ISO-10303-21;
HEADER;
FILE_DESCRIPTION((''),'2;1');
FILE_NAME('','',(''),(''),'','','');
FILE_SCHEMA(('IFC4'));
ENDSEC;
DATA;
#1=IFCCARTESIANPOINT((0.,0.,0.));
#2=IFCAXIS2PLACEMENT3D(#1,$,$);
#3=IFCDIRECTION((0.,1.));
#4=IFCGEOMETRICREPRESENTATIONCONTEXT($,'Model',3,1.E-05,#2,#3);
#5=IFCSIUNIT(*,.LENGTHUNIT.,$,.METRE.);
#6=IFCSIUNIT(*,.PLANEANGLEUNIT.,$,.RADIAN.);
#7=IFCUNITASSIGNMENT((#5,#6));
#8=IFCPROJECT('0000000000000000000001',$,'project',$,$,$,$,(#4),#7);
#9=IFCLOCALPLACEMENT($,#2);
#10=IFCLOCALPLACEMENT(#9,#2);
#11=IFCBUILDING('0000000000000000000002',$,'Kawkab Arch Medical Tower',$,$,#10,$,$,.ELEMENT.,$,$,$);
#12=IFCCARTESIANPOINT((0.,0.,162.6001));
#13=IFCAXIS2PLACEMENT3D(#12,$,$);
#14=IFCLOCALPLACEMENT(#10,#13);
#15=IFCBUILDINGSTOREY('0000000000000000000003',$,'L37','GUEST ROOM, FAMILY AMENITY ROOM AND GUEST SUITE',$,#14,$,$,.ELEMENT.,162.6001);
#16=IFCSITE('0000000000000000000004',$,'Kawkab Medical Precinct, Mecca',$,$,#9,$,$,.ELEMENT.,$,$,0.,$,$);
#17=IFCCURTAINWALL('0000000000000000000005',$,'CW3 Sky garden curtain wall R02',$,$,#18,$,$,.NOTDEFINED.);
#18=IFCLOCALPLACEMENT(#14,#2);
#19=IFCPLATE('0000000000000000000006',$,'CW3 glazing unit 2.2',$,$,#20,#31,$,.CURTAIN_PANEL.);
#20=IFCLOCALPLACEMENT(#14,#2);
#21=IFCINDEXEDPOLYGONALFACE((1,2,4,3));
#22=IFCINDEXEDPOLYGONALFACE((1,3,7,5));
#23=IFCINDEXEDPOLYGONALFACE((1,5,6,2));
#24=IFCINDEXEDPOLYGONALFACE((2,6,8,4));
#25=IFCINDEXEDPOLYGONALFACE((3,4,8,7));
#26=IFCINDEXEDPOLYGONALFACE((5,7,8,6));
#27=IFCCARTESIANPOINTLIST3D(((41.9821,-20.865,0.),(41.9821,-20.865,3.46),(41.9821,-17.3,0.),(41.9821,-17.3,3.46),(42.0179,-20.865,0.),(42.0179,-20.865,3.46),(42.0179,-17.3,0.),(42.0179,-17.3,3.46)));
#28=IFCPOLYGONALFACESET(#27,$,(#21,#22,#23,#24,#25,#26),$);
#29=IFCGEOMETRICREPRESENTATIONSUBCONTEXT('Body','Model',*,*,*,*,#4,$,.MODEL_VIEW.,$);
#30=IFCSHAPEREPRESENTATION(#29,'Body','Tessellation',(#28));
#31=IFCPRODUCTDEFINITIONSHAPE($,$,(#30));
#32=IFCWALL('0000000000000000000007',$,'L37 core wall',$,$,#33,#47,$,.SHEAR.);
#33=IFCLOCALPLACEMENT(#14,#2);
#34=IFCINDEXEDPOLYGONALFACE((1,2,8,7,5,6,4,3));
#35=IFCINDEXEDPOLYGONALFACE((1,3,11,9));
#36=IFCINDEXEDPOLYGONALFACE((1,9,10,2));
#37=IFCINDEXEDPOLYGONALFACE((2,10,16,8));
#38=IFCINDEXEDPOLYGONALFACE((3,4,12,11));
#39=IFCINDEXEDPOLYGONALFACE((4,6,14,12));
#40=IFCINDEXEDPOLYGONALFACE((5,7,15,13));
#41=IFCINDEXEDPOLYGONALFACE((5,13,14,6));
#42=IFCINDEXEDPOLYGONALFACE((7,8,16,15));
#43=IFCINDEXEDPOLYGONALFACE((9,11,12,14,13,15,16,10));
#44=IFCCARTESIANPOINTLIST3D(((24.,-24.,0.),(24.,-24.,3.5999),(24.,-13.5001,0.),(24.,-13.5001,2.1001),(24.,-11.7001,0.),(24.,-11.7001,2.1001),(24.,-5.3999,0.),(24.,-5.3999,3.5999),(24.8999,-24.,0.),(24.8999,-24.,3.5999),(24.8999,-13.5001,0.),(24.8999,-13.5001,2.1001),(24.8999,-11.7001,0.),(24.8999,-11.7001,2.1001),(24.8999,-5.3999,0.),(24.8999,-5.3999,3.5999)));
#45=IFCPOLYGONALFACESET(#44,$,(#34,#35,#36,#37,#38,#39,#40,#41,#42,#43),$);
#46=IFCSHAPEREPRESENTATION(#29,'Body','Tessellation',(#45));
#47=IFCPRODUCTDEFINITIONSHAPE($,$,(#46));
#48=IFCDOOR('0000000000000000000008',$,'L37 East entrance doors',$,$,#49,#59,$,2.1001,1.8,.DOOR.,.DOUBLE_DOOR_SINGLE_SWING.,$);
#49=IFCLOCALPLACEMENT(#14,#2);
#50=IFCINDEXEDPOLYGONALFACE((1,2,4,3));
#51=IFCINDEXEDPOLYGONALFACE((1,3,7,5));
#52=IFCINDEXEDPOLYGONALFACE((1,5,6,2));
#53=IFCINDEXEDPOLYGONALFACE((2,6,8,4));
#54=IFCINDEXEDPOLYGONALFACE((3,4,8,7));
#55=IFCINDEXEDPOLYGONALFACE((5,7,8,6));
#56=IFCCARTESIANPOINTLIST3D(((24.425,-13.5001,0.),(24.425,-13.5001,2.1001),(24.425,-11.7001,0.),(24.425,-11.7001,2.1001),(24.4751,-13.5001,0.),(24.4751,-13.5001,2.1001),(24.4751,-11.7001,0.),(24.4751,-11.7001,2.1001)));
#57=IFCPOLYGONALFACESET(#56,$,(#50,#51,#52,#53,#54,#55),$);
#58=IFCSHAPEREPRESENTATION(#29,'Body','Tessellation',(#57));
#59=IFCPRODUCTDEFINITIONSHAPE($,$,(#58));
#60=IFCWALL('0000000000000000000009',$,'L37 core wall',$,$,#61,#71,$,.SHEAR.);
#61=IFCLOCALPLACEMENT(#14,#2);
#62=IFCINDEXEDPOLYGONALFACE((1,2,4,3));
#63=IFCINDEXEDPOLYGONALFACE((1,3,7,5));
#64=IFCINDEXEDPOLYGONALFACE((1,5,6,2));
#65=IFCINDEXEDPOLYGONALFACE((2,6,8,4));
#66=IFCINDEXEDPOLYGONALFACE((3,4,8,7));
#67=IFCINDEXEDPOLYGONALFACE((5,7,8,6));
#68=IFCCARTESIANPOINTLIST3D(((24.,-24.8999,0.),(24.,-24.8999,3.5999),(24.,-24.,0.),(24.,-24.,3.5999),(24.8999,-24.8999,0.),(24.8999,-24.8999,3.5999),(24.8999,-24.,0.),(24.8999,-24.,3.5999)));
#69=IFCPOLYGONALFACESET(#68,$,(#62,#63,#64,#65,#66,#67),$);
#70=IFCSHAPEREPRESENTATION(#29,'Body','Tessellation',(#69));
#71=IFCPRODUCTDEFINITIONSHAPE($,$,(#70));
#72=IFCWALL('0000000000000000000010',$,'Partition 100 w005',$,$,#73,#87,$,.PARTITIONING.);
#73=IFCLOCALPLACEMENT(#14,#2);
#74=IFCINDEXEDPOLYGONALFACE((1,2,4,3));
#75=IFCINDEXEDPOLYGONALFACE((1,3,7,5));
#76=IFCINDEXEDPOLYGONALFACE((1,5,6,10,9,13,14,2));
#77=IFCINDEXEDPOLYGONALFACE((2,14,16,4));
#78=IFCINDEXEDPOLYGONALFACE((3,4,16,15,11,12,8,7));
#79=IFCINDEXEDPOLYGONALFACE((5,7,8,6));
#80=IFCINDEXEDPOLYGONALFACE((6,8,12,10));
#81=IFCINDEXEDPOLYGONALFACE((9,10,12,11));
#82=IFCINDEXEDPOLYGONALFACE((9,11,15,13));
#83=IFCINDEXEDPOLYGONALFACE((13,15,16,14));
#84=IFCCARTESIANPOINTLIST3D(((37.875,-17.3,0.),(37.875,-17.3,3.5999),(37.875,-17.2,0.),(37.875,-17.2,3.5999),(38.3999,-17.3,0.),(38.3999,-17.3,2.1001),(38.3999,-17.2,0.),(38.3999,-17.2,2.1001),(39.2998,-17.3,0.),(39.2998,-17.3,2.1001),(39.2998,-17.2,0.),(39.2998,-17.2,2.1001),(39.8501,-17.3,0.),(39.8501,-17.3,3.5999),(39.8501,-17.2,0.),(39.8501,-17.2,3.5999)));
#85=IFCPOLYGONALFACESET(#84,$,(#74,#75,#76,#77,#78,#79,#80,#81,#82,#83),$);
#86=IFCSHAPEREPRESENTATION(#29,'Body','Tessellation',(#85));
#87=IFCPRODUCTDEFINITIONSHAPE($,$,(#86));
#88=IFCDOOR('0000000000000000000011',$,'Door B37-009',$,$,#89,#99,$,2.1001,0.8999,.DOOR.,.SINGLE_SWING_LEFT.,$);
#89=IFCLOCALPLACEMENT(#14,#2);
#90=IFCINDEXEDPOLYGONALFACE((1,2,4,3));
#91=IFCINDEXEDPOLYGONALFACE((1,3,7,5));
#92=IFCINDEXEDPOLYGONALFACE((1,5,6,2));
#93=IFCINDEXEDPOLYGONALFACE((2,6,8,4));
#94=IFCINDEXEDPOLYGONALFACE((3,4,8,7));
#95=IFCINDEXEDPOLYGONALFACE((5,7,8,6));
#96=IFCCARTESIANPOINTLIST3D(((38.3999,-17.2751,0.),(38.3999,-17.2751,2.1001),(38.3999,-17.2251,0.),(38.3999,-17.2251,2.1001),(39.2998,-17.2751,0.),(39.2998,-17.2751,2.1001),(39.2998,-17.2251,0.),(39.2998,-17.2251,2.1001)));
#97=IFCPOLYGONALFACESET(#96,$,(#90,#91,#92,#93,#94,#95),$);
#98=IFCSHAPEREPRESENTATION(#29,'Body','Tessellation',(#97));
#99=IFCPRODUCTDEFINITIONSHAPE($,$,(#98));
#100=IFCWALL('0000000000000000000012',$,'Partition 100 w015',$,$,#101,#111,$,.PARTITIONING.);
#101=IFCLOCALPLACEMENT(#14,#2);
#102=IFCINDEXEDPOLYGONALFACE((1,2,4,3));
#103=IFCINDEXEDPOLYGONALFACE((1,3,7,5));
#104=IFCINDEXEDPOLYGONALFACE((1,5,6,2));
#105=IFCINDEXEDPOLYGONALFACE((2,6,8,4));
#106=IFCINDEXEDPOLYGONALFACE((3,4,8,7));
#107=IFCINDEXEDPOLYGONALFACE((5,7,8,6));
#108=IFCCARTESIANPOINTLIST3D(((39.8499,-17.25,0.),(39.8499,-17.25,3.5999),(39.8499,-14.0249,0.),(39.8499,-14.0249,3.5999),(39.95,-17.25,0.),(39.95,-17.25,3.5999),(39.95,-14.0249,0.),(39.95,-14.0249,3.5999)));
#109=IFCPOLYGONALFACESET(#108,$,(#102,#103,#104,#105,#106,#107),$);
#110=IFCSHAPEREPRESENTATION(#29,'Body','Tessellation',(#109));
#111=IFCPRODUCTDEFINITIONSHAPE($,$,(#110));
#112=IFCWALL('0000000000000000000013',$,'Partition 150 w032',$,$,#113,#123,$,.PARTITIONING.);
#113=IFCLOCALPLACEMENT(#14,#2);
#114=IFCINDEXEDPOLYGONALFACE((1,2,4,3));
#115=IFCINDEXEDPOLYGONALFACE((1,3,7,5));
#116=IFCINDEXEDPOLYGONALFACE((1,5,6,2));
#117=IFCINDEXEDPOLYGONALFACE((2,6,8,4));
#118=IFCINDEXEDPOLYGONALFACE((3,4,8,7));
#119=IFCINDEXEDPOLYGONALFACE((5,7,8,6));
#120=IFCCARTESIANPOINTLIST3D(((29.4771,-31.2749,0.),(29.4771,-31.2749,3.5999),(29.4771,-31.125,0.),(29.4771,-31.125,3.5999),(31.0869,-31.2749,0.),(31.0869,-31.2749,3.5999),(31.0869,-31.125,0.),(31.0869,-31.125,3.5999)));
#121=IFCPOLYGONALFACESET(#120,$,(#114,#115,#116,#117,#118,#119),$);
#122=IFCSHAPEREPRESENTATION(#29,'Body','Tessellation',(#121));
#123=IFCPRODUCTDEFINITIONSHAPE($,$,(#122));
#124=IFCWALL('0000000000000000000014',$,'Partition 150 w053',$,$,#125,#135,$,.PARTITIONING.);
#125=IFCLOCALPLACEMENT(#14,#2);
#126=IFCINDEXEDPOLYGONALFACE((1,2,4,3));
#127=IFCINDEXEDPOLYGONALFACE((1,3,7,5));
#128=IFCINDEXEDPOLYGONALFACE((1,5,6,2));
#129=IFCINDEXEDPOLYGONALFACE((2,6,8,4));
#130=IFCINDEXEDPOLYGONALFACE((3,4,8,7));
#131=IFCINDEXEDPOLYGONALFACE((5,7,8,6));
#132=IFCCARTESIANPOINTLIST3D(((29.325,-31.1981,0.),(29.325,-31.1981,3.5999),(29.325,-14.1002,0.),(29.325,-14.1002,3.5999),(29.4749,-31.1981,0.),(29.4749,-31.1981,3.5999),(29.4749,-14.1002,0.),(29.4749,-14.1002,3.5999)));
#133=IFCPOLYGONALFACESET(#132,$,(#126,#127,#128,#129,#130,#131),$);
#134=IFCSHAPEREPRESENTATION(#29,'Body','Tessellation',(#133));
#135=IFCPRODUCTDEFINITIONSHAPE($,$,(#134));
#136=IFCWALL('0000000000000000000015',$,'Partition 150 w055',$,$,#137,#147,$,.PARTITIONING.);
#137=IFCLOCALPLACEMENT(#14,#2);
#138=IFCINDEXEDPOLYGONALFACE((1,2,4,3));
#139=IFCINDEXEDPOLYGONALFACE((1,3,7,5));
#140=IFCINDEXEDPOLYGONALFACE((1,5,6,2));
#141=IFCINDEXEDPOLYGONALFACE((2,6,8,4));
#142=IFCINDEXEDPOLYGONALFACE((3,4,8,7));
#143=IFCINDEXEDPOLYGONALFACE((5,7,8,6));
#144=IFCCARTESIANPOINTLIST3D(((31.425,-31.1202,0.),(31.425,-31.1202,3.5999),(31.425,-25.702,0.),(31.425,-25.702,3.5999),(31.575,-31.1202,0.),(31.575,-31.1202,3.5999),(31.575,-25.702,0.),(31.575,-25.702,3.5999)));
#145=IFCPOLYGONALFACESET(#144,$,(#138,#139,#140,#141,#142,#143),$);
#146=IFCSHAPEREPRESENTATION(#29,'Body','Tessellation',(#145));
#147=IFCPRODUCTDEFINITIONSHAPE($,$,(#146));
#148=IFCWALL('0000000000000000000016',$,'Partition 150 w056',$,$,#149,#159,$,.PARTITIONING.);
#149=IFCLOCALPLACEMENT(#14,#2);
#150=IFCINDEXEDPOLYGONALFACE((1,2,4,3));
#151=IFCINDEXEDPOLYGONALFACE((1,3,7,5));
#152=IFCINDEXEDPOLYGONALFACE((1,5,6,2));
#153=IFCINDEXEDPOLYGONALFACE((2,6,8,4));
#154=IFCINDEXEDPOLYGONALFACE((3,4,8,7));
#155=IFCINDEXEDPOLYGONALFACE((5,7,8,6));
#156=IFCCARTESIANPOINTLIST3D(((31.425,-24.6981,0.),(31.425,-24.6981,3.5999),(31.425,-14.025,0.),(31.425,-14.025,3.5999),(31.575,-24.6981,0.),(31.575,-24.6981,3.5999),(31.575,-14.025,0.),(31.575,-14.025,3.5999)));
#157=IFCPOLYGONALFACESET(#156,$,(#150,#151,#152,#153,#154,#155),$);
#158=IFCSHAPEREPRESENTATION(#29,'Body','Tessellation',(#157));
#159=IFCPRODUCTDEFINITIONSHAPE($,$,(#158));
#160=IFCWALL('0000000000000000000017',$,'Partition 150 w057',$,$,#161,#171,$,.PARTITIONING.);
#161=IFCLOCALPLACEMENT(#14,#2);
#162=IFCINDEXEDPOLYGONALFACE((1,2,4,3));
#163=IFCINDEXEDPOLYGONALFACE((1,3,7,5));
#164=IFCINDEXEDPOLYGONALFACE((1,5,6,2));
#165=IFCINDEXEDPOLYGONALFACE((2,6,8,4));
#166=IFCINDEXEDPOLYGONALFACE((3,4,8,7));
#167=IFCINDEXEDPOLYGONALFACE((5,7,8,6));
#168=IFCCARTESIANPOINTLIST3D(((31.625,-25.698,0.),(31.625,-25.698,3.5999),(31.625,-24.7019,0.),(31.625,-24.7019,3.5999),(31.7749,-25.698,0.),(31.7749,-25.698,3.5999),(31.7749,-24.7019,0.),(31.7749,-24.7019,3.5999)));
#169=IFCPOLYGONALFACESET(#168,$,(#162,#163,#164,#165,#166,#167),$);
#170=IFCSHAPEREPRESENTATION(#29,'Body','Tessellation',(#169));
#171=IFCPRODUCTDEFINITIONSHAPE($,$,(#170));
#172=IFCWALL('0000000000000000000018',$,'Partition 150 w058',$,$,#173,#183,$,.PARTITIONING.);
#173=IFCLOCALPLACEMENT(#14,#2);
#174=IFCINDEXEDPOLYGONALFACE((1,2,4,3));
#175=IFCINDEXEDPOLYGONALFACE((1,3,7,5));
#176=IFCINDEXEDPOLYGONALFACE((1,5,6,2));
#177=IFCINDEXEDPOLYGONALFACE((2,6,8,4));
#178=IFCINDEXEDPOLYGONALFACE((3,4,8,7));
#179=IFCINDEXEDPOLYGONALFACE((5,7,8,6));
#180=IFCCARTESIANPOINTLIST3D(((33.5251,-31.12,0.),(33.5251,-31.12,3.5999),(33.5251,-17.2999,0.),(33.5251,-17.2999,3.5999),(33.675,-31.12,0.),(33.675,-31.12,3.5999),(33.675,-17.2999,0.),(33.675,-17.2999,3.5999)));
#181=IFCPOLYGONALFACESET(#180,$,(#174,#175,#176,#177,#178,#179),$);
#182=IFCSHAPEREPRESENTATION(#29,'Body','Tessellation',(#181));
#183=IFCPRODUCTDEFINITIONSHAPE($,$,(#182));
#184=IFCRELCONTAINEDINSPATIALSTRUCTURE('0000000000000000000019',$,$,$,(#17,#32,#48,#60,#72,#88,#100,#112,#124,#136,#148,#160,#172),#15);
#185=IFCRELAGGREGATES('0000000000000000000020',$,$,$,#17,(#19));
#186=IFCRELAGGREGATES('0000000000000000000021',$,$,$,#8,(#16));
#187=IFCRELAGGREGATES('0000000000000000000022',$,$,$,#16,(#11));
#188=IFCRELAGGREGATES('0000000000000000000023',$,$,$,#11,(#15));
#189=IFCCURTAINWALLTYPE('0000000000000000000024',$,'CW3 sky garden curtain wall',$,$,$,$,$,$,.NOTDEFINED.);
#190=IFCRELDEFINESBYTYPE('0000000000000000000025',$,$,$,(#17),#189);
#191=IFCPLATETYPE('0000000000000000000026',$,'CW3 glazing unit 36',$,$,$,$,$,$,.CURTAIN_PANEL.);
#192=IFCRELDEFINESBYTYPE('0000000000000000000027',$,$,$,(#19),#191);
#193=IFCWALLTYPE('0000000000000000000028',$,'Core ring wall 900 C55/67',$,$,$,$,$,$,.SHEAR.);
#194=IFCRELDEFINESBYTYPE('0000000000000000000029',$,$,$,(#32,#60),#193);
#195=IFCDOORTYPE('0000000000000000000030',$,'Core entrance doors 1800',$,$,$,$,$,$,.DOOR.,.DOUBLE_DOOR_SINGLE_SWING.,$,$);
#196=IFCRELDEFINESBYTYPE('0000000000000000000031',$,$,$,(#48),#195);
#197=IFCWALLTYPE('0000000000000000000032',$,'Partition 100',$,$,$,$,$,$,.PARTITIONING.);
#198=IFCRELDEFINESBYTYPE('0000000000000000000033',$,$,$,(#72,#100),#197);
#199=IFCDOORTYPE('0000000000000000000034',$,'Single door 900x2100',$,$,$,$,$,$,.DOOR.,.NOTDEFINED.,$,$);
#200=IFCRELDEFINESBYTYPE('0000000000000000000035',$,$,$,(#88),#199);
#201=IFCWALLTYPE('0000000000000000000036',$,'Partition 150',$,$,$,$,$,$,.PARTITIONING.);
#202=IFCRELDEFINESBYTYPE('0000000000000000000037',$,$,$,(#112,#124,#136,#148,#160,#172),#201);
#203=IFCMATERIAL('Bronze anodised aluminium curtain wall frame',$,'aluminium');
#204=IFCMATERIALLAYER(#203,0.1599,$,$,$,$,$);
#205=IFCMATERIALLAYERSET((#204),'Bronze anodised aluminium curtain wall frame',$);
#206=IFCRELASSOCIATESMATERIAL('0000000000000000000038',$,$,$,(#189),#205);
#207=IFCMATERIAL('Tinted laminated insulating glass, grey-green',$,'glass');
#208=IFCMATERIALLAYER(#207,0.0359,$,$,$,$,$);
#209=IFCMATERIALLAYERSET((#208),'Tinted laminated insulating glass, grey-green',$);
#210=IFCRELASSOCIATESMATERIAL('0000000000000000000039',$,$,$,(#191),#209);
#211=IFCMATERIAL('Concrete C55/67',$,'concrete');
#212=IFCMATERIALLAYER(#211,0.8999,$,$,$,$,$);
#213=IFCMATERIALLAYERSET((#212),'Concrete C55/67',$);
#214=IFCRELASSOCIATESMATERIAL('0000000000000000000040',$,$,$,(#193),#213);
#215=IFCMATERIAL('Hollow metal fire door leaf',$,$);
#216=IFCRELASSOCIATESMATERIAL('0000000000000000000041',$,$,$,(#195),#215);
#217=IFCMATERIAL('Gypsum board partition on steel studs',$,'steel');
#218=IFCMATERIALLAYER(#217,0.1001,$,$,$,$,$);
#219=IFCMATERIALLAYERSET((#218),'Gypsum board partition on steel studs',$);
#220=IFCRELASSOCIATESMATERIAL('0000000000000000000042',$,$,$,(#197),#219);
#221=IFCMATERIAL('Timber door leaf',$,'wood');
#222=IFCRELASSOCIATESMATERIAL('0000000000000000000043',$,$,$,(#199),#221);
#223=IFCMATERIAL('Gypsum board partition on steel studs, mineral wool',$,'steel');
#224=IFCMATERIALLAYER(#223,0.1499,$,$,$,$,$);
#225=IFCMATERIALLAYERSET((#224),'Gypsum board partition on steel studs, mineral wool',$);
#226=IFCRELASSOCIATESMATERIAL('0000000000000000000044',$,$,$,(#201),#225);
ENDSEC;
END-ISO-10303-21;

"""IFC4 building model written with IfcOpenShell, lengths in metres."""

from ifc_helpers import new_model, si_unit, direction, frame, frame_2d, origin, origin_2d, place, context, subcontext, project, spatial, rectangle, extrude, material, layer, layer_set, type_object, element, fill, aggregate, save


model = new_model("IFC4")

# Units and contexts
model_context = context("Model", 3, precision=1e-05, world=origin(), true_north=direction((0.0, 1.0)))
body_context = subcontext(model_context, "Body", "Model", "MODEL_VIEW")
ifc_project = project(units=[si_unit("LENGTHUNIT", "METRE"), si_unit("PLANEANGLEUNIT", "RADIAN")], contexts=[model_context])

# Site, building, storey
site_placement = place(None, origin())
site = spatial("IfcSite", under=ifc_project, at=site_placement, Name="Kawkab Medical Precinct, Mecca", CompositionType="ELEMENT", RefElevation=0.0)
building_placement = place(site_placement, origin())
building = spatial("IfcBuilding", under=site, at=building_placement, Name="Kawkab Arch Medical Tower", CompositionType="ELEMENT")
storey_placement = place(building_placement, frame((0.0, 0.0, 162.6001)))
storey = spatial("IfcBuildingStorey", under=building, at=storey_placement, Name="L37", Description="GUEST ROOM, FAMILY AMENITY ROOM AND GUEST SUITE", CompositionType="ELEMENT", Elevation=162.6001)

# Curtain wall
placement = place(storey_placement, origin())
ifc_material_1 = material(Name="Bronze anodised aluminium curtain wall frame", Category="aluminium")
ifc_layer_1 = layer(ifc_material_1, 0.1599)
ifc_layer_set_1 = layer_set([ifc_layer_1], Name="Bronze anodised aluminium curtain wall frame")
curtain_wall_type_1 = type_object("IfcCurtainWallType", Name="CW3 sky garden curtain wall", PredefinedType="NOTDEFINED", material=ifc_layer_set_1)
curtain_wall_1 = element("IfcCurtainWall", 1, at=placement, inside=storey, type_object=curtain_wall_type_1, Name="CW3 Sky garden curtain wall R02", PredefinedType="NOTDEFINED")

# Plate
ifc_material_2 = material(Name="Tinted laminated insulating glass, grey-green", Category="glass")
ifc_layer_2 = layer(ifc_material_2, 0.0359)
ifc_layer_set_2 = layer_set([ifc_layer_2], Name="Tinted laminated insulating glass, grey-green")
plate_type_1 = type_object("IfcPlateType", Name="CW3 glazing unit 36", PredefinedType="CURTAIN_PANEL", material=ifc_layer_set_2)
plate_1_placement = place(storey_placement, frame((42.0, -19.0825, 0.0), z_axis=(0.0, 0.0, 1.0), x_axis=(0.0, 1.0, 0.0)))
plate_1 = element("IfcPlate", 2, at=plate_1_placement, type_object=plate_type_1, Name="CW3 glazing unit 2.2", PredefinedType="CURTAIN_PANEL", context=body_context, shape_type="SweptSolid", body=[
    extrude(rectangle(XDim=3.5649, YDim=0.0359, at=origin_2d()), origin(), (0.0, 0.0, 1.0), 3.46),
])
aggregate(curtain_wall_1, [plate_1])

# Wall, opening, door
ifc_material_3 = material(Name="Concrete C55/67", Category="concrete")
ifc_layer_3 = layer(ifc_material_3, 0.8999)
ifc_layer_set_3 = layer_set([ifc_layer_3], Name="Concrete C55/67")
wall_type_1 = type_object("IfcWallType", Name="Core ring wall 900 C55/67", PredefinedType="SHEAR", material=ifc_layer_set_3)
wall_1_placement = place(storey_placement, frame((24.45, -24.0, 0.0), z_axis=(0.0, 0.0, 1.0), x_axis=(0.0, 1.0, 0.0)))
wall_1 = element("IfcWall", 3, at=wall_1_placement, inside=storey, type_object=wall_type_1, Name="L37 core wall", PredefinedType="SHEAR", context=body_context, shape_type="SweptSolid", body=[
    extrude(rectangle(XDim=18.6001, YDim=0.8999, at=frame_2d((9.3, 0.0))), origin(), (0.0, 0.0, 1.0), 3.5999),
])
opening_1_placement = place(wall_1_placement, frame((10.5, 0.0, 0.0)))
opening_1 = element("IfcOpeningElement", 4, at=opening_1_placement, cuts=wall_1, PredefinedType="OPENING", context=body_context, shape_type="SweptSolid", body=[
    extrude(rectangle(XDim=1.8, YDim=2.1001, at=frame_2d((0.8999, 1.05))), frame((0.0, 0.46, 0.0), z_axis=(0.0, -1.0, 0.0), x_axis=(1.0, 0.0, 0.0)), (0.0, 0.0, 1.0), 0.9199),
])
ifc_material_4 = material(Name="Hollow metal fire door leaf")
door_type_1 = type_object("IfcDoorType", Name="Core entrance doors 1800", OperationType="DOUBLE_DOOR_SINGLE_SWING", PredefinedType="DOOR", material=ifc_material_4)
door_1_placement = place(opening_1_placement, origin())
door_1 = element("IfcDoor", 5, at=door_1_placement, inside=storey, type_object=door_type_1, Name="L37 East entrance doors", OperationType="DOUBLE_DOOR_SINGLE_SWING", OverallHeight=2.1001, OverallWidth=1.8, PredefinedType="DOOR", context=body_context, shape_type="SweptSolid", body=[
    extrude(rectangle(XDim=1.8, YDim=2.1001, at=frame_2d((0.8999, 1.05))), frame((0.0, 0.0249, 0.0), z_axis=(0.0, -1.0, 0.0), x_axis=(1.0, 0.0, 0.0)), (0.0, 0.0, 1.0), 0.05),
])
fill(opening_1, door_1)

# Wall
wall_2_placement = place(storey_placement, frame((24.45, -24.8999, 0.0), z_axis=(0.0, 0.0, 1.0), x_axis=(0.0, 1.0, 0.0)))
element("IfcWall", 6, at=wall_2_placement, inside=storey, type_object=wall_type_1, Name="L37 core wall", PredefinedType="SHEAR", context=body_context, shape_type="SweptSolid", body=[
    extrude(rectangle(XDim=0.8999, YDim=0.8999, at=frame_2d((0.45, 0.0))), origin(), (0.0, 0.0, 1.0), 3.5999),
])

# Wall, opening, door
ifc_material_5 = material(Name="Gypsum board partition on steel studs", Category="steel")
ifc_layer_4 = layer(ifc_material_5, 0.1001)
ifc_layer_set_4 = layer_set([ifc_layer_4], Name="Gypsum board partition on steel studs")
wall_type_2 = type_object("IfcWallType", Name="Partition 100", PredefinedType="PARTITIONING", material=ifc_layer_set_4)
wall_3_placement = place(storey_placement, frame((37.875, -17.25, 0.0), z_axis=(0.0, 0.0, 1.0), x_axis=(1.0, 0.0, 0.0)))
wall_3 = element("IfcWall", 7, at=wall_3_placement, inside=storey, type_object=wall_type_2, Name="Partition 100 w005", PredefinedType="PARTITIONING", context=body_context, shape_type="SweptSolid", body=[
    extrude(rectangle(XDim=1.9751, YDim=0.1001, at=frame_2d((0.9875, 0.0))), origin(), (0.0, 0.0, 1.0), 3.5999),
])
opening_2_placement = place(wall_3_placement, frame((0.5249, 0.0, 0.0)))
opening_2 = element("IfcOpeningElement", 8, at=opening_2_placement, cuts=wall_3, PredefinedType="OPENING", context=body_context, shape_type="SweptSolid", body=[
    extrude(rectangle(XDim=0.8999, YDim=2.1001, at=frame_2d((0.45, 1.05))), frame((0.0, 0.0601, 0.0), z_axis=(0.0, -1.0, 0.0), x_axis=(1.0, 0.0, 0.0)), (0.0, 0.0, 1.0), 0.1201),
])
ifc_material_6 = material(Name="Timber door leaf", Category="wood")
door_type_2 = type_object("IfcDoorType", Name="Single door 900x2100", OperationType="NOTDEFINED", PredefinedType="DOOR", material=ifc_material_6)
door_2_placement = place(opening_2_placement, origin())
door_2 = element("IfcDoor", 9, at=door_2_placement, inside=storey, type_object=door_type_2, Name="Door B37-009", OperationType="SINGLE_SWING_LEFT", OverallHeight=2.1001, OverallWidth=0.8999, PredefinedType="DOOR", context=body_context, shape_type="SweptSolid", body=[
    extrude(rectangle(XDim=0.8999, YDim=2.1001, at=frame_2d((0.45, 1.05))), frame((0.0, 0.0249, 0.0), z_axis=(0.0, -1.0, 0.0), x_axis=(1.0, 0.0, 0.0)), (0.0, 0.0, 1.0), 0.05),
])
fill(opening_2, door_2)

# Walls
wall_4_placement = place(storey_placement, frame((39.8999, -17.25, 0.0), z_axis=(0.0, 0.0, 1.0), x_axis=(0.0, 1.0, 0.0)))
element("IfcWall", 10, at=wall_4_placement, inside=storey, type_object=wall_type_2, Name="Partition 100 w015", PredefinedType="PARTITIONING", context=body_context, shape_type="SweptSolid", body=[
    extrude(rectangle(XDim=3.2251, YDim=0.1001, at=frame_2d((1.6125, 0.0))), origin(), (0.0, 0.0, 1.0), 3.5999),
])
ifc_material_7 = material(Name="Gypsum board partition on steel studs, mineral wool", Category="steel")
ifc_layer_5 = layer(ifc_material_7, 0.1499)
ifc_layer_set_5 = layer_set([ifc_layer_5], Name="Gypsum board partition on steel studs, mineral wool")
wall_type_3 = type_object("IfcWallType", Name="Partition 150", PredefinedType="PARTITIONING", material=ifc_layer_set_5)
wall_5_placement = place(storey_placement, frame((29.4771, -31.2, 0.0), z_axis=(0.0, 0.0, 1.0), x_axis=(1.0, 0.0, 0.0)))
element("IfcWall", 11, at=wall_5_placement, inside=storey, type_object=wall_type_3, Name="Partition 150 w032", PredefinedType="PARTITIONING", context=body_context, shape_type="SweptSolid", body=[
    extrude(rectangle(XDim=1.6099, YDim=0.1499, at=frame_2d((0.8049, 0.0))), origin(), (0.0, 0.0, 1.0), 3.5999),
])
wall_6_placement = place(storey_placement, frame((29.3999, -31.198, 0.0), z_axis=(0.0, 0.0, 1.0), x_axis=(0.0, 1.0, 0.0)))
element("IfcWall", 12, at=wall_6_placement, inside=storey, type_object=wall_type_3, Name="Partition 150 w053", PredefinedType="PARTITIONING", context=body_context, shape_type="SweptSolid", body=[
    extrude(rectangle(XDim=17.0979, YDim=0.1499, at=frame_2d((8.5488, 0.0))), origin(), (0.0, 0.0, 1.0), 3.5999),
])
wall_7_placement = place(storey_placement, frame((31.5, -31.1201, 0.0), z_axis=(0.0, 0.0, 1.0), x_axis=(0.0, 1.0, 0.0)))
element("IfcWall", 13, at=wall_7_placement, inside=storey, type_object=wall_type_3, Name="Partition 150 w055", PredefinedType="PARTITIONING", context=body_context, shape_type="SweptSolid", body=[
    extrude(rectangle(XDim=5.4182, YDim=0.1499, at=frame_2d((2.709, 0.0))), origin(), (0.0, 0.0, 1.0), 3.5999),
])
wall_8_placement = place(storey_placement, frame((31.5, -24.698, 0.0), z_axis=(0.0, 0.0, 1.0), x_axis=(0.0, 1.0, 0.0)))
element("IfcWall", 14, at=wall_8_placement, inside=storey, type_object=wall_type_3, Name="Partition 150 w056", PredefinedType="PARTITIONING", context=body_context, shape_type="SweptSolid", body=[
    extrude(rectangle(XDim=10.6731, YDim=0.1499, at=frame_2d((5.3364, 0.0))), origin(), (0.0, 0.0, 1.0), 3.5999),
])
wall_9_placement = place(storey_placement, frame((31.7, -25.698, 0.0), z_axis=(0.0, 0.0, 1.0), x_axis=(0.0, 1.0, 0.0)))
element("IfcWall", 15, at=wall_9_placement, inside=storey, type_object=wall_type_3, Name="Partition 150 w057", PredefinedType="PARTITIONING", context=body_context, shape_type="SweptSolid", body=[
    extrude(rectangle(XDim=0.9961, YDim=0.1499, at=frame_2d((0.498, 0.0))), origin(), (0.0, 0.0, 1.0), 3.5999),
])
wall_10_placement = place(storey_placement, frame((33.6001, -31.1201, 0.0), z_axis=(0.0, 0.0, 1.0), x_axis=(0.0, 1.0, 0.0)))
element("IfcWall", 16, at=wall_10_placement, inside=storey, type_object=wall_type_3, Name="Partition 150 w058", PredefinedType="PARTITIONING", context=body_context, shape_type="SweptSolid", body=[
    extrude(rectangle(XDim=13.8201, YDim=0.1499, at=frame_2d((6.9102, 0.0))), origin(), (0.0, 0.0, 1.0), 3.5999),
])

save(model, "model.ifc")
